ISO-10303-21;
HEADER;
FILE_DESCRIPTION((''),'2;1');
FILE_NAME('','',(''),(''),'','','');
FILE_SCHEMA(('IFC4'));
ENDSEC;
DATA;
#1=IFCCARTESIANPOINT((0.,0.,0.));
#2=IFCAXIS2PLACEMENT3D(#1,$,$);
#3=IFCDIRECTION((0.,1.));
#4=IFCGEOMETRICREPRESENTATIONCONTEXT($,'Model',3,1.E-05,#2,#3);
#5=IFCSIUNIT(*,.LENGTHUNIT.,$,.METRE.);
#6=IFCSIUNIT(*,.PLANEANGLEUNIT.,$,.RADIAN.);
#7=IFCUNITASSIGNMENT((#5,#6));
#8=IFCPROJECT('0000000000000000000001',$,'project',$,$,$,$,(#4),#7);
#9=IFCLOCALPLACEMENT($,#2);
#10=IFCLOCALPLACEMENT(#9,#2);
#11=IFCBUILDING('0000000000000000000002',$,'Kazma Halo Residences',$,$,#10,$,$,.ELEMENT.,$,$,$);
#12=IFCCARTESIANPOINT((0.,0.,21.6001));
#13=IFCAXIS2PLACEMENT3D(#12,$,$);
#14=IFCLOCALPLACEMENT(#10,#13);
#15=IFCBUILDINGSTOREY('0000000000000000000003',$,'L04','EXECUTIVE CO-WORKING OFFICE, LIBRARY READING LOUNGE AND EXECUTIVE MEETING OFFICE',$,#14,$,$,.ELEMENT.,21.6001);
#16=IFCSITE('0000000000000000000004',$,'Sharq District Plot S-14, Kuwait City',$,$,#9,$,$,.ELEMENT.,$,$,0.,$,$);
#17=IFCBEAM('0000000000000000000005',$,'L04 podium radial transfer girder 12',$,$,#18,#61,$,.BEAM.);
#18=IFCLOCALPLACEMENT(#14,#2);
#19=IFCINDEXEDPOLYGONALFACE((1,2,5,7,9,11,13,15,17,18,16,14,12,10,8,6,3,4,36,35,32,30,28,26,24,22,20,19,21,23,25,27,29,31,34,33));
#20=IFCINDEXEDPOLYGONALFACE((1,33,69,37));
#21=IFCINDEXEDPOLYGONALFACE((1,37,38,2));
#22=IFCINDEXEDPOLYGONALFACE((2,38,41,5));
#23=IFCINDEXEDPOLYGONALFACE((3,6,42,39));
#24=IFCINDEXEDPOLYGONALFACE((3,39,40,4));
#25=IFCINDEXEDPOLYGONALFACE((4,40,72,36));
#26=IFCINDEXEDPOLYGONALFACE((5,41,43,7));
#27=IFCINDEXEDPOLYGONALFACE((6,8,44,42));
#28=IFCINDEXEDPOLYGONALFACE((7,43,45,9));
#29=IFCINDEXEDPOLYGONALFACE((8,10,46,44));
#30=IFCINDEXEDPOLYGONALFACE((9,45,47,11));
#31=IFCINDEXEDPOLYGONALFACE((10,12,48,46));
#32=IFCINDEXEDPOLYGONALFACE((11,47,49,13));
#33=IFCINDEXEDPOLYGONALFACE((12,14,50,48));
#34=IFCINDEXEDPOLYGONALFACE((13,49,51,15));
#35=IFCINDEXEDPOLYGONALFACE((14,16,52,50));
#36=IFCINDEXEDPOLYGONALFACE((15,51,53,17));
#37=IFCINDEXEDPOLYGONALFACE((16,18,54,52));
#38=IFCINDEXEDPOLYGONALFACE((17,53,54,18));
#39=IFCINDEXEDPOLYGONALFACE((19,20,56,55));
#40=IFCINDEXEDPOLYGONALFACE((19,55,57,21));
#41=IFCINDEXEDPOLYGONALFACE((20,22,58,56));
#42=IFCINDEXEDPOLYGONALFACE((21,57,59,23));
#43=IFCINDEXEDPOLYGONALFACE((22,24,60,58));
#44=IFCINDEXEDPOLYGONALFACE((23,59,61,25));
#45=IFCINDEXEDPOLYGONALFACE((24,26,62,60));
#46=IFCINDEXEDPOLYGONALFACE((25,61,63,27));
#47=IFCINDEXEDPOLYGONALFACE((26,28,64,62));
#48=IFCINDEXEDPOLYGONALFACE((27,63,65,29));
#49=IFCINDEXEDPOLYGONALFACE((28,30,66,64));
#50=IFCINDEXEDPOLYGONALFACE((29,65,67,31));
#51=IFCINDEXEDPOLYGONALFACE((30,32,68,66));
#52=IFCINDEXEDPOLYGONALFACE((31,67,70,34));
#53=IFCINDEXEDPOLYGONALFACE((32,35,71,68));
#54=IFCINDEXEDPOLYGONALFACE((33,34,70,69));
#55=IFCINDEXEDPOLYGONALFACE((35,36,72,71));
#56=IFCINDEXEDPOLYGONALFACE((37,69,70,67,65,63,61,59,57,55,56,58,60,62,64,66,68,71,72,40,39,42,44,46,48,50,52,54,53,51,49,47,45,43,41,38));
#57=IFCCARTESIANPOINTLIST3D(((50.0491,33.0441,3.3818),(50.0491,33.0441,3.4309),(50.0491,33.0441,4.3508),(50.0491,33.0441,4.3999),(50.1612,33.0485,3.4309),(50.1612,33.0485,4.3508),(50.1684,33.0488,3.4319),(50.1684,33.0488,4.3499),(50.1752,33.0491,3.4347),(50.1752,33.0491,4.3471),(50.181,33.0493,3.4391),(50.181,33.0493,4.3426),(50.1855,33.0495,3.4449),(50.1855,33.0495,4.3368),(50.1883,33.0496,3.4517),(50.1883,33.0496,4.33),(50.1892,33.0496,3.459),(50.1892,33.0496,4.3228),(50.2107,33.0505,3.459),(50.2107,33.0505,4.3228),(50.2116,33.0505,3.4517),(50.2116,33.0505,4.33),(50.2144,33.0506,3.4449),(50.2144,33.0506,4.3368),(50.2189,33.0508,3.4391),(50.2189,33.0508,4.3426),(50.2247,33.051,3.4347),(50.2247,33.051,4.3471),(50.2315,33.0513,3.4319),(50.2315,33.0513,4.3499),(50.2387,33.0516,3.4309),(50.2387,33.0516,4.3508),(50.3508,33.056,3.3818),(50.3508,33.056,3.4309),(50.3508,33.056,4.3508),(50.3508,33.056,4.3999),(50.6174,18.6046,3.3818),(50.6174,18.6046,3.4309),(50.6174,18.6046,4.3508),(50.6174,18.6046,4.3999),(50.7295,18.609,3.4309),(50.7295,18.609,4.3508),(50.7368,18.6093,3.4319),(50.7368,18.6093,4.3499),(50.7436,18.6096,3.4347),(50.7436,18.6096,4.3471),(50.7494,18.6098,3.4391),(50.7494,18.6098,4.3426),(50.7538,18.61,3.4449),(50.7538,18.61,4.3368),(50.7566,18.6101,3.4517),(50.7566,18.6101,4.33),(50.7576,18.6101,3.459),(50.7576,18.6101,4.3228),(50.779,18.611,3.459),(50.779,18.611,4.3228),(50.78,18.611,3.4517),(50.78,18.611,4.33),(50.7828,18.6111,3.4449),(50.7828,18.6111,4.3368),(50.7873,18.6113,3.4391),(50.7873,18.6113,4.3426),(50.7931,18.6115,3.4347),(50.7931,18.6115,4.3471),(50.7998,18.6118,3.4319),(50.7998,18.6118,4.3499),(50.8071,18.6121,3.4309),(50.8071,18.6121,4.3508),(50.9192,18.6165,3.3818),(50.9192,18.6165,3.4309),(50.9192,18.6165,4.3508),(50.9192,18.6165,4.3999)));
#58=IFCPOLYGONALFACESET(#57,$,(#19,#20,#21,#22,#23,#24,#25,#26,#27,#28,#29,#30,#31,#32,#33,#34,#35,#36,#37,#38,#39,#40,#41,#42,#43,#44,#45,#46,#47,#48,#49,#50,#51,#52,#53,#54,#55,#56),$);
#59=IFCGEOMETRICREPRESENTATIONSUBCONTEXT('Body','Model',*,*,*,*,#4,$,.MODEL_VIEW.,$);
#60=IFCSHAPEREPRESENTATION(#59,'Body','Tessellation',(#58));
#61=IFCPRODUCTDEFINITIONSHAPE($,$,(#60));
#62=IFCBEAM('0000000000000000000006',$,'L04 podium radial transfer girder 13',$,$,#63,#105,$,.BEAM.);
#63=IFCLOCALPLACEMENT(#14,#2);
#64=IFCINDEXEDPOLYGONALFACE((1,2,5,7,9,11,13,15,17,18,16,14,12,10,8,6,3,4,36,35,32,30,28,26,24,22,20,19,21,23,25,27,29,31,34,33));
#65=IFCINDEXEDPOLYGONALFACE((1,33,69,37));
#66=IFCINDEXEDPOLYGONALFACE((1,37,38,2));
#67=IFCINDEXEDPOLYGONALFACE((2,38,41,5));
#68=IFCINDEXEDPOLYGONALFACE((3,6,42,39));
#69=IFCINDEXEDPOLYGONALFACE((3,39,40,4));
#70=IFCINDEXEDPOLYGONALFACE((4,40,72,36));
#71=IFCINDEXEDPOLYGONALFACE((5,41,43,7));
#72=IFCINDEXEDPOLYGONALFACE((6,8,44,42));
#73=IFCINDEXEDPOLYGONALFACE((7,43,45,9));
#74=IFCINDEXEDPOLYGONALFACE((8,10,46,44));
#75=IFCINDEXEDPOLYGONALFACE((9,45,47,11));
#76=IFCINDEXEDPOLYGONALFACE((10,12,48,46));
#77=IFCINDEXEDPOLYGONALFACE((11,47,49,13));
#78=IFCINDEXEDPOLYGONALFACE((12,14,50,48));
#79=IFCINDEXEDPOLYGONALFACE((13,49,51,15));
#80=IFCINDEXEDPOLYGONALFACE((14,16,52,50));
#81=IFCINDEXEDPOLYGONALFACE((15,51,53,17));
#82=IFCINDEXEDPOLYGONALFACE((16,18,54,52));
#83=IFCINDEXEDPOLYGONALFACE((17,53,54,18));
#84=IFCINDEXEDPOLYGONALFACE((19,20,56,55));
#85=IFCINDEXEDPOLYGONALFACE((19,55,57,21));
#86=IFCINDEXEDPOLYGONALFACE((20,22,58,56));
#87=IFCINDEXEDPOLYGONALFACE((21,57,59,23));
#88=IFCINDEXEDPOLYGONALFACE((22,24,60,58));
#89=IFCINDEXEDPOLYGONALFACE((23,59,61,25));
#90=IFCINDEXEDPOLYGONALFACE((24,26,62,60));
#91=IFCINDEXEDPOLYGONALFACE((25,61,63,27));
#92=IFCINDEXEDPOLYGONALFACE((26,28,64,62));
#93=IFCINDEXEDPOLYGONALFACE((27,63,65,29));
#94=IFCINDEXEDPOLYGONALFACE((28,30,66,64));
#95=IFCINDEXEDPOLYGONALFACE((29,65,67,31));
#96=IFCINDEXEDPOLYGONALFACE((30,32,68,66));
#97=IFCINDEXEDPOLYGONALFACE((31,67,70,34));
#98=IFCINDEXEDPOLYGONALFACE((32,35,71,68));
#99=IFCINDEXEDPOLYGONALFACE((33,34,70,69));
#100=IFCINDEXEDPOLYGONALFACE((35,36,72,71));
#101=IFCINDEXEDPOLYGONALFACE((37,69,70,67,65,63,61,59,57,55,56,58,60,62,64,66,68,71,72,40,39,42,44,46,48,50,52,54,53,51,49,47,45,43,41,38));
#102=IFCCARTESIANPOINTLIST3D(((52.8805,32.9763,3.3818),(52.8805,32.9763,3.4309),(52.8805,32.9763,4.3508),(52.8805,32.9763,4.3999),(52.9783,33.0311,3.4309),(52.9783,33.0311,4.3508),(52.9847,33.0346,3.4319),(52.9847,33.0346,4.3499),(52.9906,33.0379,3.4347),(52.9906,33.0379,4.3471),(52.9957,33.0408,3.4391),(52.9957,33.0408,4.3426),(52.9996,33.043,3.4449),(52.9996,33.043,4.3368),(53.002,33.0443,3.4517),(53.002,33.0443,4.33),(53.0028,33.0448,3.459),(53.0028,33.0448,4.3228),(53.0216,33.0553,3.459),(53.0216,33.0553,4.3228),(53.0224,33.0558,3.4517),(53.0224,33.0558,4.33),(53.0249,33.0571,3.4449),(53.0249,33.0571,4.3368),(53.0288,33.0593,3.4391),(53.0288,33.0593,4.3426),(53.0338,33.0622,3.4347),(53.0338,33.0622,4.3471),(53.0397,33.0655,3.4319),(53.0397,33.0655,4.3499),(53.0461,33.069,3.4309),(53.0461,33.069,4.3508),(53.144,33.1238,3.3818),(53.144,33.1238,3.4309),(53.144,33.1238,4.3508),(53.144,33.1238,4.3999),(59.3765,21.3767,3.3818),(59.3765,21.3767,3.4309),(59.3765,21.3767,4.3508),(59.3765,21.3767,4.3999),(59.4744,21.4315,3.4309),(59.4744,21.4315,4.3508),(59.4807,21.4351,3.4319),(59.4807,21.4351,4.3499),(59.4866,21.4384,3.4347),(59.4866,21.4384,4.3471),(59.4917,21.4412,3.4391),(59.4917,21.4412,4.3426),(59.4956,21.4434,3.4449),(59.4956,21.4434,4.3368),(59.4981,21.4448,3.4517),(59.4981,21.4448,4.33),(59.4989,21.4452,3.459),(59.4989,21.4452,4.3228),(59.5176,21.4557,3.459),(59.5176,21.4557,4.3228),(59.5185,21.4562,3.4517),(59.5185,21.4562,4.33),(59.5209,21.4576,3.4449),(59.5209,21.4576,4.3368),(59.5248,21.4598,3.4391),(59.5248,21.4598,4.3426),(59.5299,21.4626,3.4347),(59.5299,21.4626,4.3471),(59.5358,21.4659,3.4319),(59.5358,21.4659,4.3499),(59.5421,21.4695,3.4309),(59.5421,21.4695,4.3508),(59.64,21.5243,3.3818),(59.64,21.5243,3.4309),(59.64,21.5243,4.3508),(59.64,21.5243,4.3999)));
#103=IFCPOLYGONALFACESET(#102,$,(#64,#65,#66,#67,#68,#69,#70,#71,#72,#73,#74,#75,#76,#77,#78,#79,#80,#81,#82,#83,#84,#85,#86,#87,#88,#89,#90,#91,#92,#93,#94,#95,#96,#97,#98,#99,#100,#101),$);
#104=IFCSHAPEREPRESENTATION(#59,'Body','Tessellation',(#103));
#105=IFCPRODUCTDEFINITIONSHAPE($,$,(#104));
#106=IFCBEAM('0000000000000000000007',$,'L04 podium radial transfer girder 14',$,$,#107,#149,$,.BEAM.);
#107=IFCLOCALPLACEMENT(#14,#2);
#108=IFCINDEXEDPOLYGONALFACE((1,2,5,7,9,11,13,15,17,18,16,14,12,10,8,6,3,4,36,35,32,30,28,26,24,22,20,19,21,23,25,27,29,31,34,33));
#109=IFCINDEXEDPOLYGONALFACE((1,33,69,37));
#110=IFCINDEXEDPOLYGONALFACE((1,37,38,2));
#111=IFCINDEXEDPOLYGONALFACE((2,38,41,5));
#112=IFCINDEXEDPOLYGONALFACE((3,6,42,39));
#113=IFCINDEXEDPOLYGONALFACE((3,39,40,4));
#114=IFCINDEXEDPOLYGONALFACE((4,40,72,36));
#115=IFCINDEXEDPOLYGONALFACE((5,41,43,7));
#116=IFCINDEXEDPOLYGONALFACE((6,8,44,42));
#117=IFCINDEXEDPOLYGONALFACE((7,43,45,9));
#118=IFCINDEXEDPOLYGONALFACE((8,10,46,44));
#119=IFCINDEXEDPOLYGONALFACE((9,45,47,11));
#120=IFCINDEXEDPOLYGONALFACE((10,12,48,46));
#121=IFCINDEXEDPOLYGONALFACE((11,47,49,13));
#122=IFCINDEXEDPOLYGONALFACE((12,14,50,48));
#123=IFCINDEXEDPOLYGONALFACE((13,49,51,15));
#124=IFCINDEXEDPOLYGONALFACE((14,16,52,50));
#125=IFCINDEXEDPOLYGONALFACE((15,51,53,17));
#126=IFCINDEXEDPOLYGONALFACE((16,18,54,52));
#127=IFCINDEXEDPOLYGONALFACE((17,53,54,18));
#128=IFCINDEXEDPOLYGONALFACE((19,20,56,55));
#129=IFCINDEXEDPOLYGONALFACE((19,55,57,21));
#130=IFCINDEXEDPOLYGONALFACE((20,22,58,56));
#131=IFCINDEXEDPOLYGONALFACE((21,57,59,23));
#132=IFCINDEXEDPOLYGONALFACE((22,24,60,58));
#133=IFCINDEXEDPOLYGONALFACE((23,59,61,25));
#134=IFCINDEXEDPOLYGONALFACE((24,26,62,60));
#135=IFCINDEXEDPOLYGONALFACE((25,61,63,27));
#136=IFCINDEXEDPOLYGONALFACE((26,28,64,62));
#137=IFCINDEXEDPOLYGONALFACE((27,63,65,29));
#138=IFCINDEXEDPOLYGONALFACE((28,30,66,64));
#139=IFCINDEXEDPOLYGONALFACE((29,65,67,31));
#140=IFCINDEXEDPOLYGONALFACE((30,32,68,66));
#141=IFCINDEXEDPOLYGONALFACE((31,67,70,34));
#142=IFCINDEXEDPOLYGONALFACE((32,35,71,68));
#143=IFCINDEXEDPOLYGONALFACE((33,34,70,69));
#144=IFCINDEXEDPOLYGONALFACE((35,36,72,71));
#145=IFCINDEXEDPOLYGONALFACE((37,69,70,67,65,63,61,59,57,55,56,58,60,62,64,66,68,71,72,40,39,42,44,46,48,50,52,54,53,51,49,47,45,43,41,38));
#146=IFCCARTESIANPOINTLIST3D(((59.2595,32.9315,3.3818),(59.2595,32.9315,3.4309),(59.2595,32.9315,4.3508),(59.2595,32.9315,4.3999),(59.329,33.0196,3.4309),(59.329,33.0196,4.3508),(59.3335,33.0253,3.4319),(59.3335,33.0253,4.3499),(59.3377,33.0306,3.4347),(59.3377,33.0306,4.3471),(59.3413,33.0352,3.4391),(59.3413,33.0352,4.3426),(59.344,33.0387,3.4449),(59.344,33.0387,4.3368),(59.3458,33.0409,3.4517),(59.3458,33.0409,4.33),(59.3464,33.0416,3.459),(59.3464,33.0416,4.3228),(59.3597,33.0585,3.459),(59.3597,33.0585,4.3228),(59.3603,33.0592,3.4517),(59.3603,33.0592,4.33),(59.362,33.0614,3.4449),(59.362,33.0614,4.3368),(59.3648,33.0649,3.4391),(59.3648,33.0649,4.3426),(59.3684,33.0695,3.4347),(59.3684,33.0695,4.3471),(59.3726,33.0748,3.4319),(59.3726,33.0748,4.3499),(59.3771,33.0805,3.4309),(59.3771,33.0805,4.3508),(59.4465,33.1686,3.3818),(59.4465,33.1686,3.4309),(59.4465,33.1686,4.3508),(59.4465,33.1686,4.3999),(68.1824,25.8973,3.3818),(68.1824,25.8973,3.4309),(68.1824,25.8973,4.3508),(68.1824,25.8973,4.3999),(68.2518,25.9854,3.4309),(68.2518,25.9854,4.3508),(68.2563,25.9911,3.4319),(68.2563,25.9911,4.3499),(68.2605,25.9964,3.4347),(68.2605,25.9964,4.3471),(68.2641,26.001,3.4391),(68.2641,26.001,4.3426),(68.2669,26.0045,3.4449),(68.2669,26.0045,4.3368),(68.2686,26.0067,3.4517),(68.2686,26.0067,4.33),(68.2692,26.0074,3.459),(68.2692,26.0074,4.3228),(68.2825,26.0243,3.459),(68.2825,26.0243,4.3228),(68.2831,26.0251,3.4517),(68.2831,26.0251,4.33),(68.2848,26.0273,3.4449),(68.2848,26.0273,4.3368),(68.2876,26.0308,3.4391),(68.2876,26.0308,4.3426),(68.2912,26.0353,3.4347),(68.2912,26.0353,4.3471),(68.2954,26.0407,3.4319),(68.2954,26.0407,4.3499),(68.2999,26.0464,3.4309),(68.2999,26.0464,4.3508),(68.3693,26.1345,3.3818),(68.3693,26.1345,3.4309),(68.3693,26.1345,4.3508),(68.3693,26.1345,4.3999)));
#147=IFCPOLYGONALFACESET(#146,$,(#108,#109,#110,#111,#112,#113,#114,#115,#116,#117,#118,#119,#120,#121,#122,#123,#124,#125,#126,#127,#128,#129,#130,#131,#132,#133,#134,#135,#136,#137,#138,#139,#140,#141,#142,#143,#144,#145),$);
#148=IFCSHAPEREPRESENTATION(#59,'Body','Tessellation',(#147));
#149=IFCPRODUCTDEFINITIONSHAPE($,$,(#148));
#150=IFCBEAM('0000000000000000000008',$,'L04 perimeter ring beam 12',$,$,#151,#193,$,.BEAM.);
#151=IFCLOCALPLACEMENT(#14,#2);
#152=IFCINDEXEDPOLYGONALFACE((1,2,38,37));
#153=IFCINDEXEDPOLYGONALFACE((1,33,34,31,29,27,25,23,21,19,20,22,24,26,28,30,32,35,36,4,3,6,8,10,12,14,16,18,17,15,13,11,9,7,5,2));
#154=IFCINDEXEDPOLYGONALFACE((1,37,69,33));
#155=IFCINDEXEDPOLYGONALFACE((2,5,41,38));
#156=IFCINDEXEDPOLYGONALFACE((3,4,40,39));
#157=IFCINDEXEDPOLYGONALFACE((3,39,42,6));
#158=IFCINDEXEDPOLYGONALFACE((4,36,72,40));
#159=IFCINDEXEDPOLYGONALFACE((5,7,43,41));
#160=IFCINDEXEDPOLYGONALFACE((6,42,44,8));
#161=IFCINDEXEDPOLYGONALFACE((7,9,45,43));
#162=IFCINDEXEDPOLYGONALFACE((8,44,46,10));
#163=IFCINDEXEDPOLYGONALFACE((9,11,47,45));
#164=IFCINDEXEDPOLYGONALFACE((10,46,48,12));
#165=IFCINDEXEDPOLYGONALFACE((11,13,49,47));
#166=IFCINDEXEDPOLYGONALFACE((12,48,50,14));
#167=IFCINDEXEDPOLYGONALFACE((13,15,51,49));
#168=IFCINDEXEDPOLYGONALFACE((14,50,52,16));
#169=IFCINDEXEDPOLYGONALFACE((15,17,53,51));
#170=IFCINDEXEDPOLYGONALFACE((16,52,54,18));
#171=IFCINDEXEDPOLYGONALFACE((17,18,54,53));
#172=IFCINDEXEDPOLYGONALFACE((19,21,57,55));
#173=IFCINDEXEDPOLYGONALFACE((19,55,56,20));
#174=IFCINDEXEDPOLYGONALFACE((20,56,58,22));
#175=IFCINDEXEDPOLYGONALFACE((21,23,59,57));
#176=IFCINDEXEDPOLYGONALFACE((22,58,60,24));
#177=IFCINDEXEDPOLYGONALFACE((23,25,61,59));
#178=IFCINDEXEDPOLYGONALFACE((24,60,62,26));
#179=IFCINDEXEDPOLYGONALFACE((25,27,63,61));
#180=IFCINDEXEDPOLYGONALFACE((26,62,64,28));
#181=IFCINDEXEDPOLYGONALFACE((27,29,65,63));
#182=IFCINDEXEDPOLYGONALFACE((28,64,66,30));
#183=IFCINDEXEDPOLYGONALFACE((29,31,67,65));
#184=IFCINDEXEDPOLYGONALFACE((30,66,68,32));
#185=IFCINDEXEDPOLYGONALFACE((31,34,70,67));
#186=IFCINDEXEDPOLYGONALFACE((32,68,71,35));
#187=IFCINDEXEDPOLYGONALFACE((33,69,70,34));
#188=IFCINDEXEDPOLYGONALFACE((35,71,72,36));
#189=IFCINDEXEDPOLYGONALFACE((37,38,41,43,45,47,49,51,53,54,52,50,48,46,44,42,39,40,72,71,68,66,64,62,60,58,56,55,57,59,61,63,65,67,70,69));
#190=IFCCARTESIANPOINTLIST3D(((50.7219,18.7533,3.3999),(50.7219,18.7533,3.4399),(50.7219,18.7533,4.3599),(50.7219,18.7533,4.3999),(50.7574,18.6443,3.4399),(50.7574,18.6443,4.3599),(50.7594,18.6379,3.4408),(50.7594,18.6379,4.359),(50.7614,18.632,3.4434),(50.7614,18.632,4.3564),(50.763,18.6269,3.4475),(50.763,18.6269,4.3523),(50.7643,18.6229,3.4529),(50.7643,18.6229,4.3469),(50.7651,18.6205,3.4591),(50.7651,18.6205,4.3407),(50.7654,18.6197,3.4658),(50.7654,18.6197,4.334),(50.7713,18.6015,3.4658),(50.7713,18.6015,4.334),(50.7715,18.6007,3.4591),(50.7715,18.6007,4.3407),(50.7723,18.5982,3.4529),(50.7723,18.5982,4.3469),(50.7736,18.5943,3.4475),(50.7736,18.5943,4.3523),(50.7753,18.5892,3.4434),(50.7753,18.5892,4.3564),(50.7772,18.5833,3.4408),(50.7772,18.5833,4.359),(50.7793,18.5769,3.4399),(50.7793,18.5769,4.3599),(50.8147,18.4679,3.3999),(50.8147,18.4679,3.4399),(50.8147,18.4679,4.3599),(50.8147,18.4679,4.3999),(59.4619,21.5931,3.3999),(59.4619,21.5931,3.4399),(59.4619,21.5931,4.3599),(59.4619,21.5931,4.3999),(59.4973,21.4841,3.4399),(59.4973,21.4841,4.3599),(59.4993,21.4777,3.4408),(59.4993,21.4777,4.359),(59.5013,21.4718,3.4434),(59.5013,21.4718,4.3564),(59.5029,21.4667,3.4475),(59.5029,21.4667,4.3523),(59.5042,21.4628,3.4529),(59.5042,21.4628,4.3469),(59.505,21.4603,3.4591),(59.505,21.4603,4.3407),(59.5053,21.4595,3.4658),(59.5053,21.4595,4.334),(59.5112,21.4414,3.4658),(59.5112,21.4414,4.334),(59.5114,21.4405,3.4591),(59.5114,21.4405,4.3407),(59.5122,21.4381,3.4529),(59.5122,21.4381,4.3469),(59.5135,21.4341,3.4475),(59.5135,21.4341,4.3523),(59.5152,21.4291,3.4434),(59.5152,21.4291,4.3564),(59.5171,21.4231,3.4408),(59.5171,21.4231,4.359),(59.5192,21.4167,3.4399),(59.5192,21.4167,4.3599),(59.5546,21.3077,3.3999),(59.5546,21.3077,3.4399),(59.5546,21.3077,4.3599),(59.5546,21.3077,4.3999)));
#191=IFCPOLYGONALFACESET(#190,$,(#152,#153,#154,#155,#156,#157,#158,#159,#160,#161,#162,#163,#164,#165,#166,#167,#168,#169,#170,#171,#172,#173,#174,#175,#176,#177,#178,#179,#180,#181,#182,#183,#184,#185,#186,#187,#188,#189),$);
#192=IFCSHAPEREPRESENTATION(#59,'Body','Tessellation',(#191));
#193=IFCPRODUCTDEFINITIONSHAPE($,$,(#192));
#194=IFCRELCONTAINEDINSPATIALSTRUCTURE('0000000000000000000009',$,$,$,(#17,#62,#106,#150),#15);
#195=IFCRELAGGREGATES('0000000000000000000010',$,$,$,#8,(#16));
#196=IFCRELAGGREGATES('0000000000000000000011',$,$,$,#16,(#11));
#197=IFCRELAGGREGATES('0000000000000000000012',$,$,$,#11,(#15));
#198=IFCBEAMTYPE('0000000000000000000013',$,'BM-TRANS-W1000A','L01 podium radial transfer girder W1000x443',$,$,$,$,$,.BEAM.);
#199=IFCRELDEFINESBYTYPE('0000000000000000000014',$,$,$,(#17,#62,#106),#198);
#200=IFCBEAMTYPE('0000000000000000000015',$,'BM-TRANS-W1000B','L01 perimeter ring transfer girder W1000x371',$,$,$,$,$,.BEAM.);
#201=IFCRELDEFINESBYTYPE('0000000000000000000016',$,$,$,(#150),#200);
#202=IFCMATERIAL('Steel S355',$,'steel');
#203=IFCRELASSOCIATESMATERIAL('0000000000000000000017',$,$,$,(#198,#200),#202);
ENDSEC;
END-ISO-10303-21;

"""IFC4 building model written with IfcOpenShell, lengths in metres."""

from ifc_helpers import new_model, si_unit, direction, frame, origin, origin_2d, place, context, subcontext, project, spatial, i_section, extrude, material, material_profile, profile_set, type_object, element, save


model = new_model("IFC4")

# Units and contexts
model_context = context("Model", 3, precision=1e-05, world=origin(), true_north=direction((0.0, 1.0)))
body_context = subcontext(model_context, "Body", "Model", "MODEL_VIEW")
ifc_project = project(units=[si_unit("LENGTHUNIT", "METRE"), si_unit("PLANEANGLEUNIT", "RADIAN")], contexts=[model_context])

# Site, building, storey
site_placement = place(None, origin())
site = spatial("IfcSite", under=ifc_project, at=site_placement, Name="Sharq District Plot S-14, Kuwait City", CompositionType="ELEMENT", RefElevation=0.0)
building_placement = place(site_placement, origin())
building = spatial("IfcBuilding", under=site, at=building_placement, Name="Kazma Halo Residences", CompositionType="ELEMENT")
storey_placement = place(building_placement, frame((0.0, 0.0, 21.6001)))
storey = spatial("IfcBuildingStorey", under=building, at=storey_placement, Name="L04", Description="EXECUTIVE CO-WORKING OFFICE, LIBRARY READING LOUNGE AND EXECUTIVE MEETING OFFICE", CompositionType="ELEMENT", Elevation=21.6001)

# Beams
ifc_material_1 = material(Name="Steel S355", Category="steel")
ifc_material_profile_1 = material_profile(ifc_material_1, i_section(OverallWidth=0.302, OverallDepth=1.0181, WebThickness=0.0215, FlangeThickness=0.0491, FilletRadius=0.0281, at=origin_2d()), Name="W1000x443")
ifc_profile_set_1 = profile_set([ifc_material_profile_1], Name="Steel S355")
beam_type_1 = type_object("IfcBeamType", Name="BM-TRANS-W1000A", Description="L01 podium radial transfer girder W1000x443", PredefinedType="BEAM", material=ifc_profile_set_1)
beam_1_placement = place(storey_placement, frame((50.2, 33.05, 3.8909), z_axis=(0.039331, -0.999226, 0.0), x_axis=(0.999226, 0.039331, 0.0)))
element("IfcBeam", 1, at=beam_1_placement, inside=storey, type_object=beam_type_1, Name="L04 podium radial transfer girder 12", PredefinedType="BEAM", context=body_context, shape_type="SweptSolid", body=[
    extrude(i_section(OverallWidth=0.302, OverallDepth=1.0181, WebThickness=0.0215, FlangeThickness=0.0491, FilletRadius=0.0281, at=origin_2d()), origin(), (0.0, 0.0, 1.0), 14.4507),
])
beam_2_placement = place(storey_placement, frame((53.0122, 33.05, 3.8909), z_axis=(0.488621, -0.872496, 0.0), x_axis=(0.872496, 0.488621, 0.0)))
element("IfcBeam", 2, at=beam_2_placement, inside=storey, type_object=beam_type_1, Name="L04 podium radial transfer girder 13", PredefinedType="BEAM", context=body_context, shape_type="SweptSolid", body=[
    extrude(i_section(OverallWidth=0.302, OverallDepth=1.0181, WebThickness=0.0215, FlangeThickness=0.0491, FilletRadius=0.0281, at=origin_2d()), origin(), (0.0, 0.0, 1.0), 13.2947),
])
beam_3_placement = place(storey_placement, frame((59.353, 33.05, 3.8909), z_axis=(0.785318, -0.619092, 0.0), x_axis=(0.619092, 0.785318, 0.0)))
element("IfcBeam", 3, at=beam_3_placement, inside=storey, type_object=beam_type_1, Name="L04 podium radial transfer girder 14", PredefinedType="BEAM", context=body_context, shape_type="SweptSolid", body=[
    extrude(i_section(OverallWidth=0.302, OverallDepth=1.0181, WebThickness=0.0215, FlangeThickness=0.0491, FilletRadius=0.0281, at=origin_2d()), origin(), (0.0, 0.0, 1.0), 11.3621),
])
ifc_material_profile_2 = material_profile(ifc_material_1, i_section(OverallWidth=0.3, OverallDepth=1.0, WebThickness=0.019, FlangeThickness=0.04, FilletRadius=0.0259, at=origin_2d()), Name="W1000x371")
ifc_profile_set_2 = profile_set([ifc_material_profile_2], Name="Steel S355")
beam_type_2 = type_object("IfcBeamType", Name="BM-TRANS-W1000B", Description="L01 perimeter ring transfer girder W1000x371", PredefinedType="BEAM", material=ifc_profile_set_2)
beam_4_placement = place(storey_placement, frame((50.7683, 18.6106, 3.8999), z_axis=(0.951055, 0.309022, 0.0), x_axis=(-0.309022, 0.951055, 0.0)))
element("IfcBeam", 4, at=beam_4_placement, inside=storey, type_object=beam_type_2, Name="L04 perimeter ring beam 12", PredefinedType="BEAM", context=body_context, shape_type="SweptSolid", body=[
    extrude(i_section(OverallWidth=0.3, OverallDepth=1.0, WebThickness=0.019, FlangeThickness=0.04, FilletRadius=0.0259, at=origin_2d()), origin(), (0.0, 0.0, 1.0), 9.1897),
])

save(model, "model.ifc")
